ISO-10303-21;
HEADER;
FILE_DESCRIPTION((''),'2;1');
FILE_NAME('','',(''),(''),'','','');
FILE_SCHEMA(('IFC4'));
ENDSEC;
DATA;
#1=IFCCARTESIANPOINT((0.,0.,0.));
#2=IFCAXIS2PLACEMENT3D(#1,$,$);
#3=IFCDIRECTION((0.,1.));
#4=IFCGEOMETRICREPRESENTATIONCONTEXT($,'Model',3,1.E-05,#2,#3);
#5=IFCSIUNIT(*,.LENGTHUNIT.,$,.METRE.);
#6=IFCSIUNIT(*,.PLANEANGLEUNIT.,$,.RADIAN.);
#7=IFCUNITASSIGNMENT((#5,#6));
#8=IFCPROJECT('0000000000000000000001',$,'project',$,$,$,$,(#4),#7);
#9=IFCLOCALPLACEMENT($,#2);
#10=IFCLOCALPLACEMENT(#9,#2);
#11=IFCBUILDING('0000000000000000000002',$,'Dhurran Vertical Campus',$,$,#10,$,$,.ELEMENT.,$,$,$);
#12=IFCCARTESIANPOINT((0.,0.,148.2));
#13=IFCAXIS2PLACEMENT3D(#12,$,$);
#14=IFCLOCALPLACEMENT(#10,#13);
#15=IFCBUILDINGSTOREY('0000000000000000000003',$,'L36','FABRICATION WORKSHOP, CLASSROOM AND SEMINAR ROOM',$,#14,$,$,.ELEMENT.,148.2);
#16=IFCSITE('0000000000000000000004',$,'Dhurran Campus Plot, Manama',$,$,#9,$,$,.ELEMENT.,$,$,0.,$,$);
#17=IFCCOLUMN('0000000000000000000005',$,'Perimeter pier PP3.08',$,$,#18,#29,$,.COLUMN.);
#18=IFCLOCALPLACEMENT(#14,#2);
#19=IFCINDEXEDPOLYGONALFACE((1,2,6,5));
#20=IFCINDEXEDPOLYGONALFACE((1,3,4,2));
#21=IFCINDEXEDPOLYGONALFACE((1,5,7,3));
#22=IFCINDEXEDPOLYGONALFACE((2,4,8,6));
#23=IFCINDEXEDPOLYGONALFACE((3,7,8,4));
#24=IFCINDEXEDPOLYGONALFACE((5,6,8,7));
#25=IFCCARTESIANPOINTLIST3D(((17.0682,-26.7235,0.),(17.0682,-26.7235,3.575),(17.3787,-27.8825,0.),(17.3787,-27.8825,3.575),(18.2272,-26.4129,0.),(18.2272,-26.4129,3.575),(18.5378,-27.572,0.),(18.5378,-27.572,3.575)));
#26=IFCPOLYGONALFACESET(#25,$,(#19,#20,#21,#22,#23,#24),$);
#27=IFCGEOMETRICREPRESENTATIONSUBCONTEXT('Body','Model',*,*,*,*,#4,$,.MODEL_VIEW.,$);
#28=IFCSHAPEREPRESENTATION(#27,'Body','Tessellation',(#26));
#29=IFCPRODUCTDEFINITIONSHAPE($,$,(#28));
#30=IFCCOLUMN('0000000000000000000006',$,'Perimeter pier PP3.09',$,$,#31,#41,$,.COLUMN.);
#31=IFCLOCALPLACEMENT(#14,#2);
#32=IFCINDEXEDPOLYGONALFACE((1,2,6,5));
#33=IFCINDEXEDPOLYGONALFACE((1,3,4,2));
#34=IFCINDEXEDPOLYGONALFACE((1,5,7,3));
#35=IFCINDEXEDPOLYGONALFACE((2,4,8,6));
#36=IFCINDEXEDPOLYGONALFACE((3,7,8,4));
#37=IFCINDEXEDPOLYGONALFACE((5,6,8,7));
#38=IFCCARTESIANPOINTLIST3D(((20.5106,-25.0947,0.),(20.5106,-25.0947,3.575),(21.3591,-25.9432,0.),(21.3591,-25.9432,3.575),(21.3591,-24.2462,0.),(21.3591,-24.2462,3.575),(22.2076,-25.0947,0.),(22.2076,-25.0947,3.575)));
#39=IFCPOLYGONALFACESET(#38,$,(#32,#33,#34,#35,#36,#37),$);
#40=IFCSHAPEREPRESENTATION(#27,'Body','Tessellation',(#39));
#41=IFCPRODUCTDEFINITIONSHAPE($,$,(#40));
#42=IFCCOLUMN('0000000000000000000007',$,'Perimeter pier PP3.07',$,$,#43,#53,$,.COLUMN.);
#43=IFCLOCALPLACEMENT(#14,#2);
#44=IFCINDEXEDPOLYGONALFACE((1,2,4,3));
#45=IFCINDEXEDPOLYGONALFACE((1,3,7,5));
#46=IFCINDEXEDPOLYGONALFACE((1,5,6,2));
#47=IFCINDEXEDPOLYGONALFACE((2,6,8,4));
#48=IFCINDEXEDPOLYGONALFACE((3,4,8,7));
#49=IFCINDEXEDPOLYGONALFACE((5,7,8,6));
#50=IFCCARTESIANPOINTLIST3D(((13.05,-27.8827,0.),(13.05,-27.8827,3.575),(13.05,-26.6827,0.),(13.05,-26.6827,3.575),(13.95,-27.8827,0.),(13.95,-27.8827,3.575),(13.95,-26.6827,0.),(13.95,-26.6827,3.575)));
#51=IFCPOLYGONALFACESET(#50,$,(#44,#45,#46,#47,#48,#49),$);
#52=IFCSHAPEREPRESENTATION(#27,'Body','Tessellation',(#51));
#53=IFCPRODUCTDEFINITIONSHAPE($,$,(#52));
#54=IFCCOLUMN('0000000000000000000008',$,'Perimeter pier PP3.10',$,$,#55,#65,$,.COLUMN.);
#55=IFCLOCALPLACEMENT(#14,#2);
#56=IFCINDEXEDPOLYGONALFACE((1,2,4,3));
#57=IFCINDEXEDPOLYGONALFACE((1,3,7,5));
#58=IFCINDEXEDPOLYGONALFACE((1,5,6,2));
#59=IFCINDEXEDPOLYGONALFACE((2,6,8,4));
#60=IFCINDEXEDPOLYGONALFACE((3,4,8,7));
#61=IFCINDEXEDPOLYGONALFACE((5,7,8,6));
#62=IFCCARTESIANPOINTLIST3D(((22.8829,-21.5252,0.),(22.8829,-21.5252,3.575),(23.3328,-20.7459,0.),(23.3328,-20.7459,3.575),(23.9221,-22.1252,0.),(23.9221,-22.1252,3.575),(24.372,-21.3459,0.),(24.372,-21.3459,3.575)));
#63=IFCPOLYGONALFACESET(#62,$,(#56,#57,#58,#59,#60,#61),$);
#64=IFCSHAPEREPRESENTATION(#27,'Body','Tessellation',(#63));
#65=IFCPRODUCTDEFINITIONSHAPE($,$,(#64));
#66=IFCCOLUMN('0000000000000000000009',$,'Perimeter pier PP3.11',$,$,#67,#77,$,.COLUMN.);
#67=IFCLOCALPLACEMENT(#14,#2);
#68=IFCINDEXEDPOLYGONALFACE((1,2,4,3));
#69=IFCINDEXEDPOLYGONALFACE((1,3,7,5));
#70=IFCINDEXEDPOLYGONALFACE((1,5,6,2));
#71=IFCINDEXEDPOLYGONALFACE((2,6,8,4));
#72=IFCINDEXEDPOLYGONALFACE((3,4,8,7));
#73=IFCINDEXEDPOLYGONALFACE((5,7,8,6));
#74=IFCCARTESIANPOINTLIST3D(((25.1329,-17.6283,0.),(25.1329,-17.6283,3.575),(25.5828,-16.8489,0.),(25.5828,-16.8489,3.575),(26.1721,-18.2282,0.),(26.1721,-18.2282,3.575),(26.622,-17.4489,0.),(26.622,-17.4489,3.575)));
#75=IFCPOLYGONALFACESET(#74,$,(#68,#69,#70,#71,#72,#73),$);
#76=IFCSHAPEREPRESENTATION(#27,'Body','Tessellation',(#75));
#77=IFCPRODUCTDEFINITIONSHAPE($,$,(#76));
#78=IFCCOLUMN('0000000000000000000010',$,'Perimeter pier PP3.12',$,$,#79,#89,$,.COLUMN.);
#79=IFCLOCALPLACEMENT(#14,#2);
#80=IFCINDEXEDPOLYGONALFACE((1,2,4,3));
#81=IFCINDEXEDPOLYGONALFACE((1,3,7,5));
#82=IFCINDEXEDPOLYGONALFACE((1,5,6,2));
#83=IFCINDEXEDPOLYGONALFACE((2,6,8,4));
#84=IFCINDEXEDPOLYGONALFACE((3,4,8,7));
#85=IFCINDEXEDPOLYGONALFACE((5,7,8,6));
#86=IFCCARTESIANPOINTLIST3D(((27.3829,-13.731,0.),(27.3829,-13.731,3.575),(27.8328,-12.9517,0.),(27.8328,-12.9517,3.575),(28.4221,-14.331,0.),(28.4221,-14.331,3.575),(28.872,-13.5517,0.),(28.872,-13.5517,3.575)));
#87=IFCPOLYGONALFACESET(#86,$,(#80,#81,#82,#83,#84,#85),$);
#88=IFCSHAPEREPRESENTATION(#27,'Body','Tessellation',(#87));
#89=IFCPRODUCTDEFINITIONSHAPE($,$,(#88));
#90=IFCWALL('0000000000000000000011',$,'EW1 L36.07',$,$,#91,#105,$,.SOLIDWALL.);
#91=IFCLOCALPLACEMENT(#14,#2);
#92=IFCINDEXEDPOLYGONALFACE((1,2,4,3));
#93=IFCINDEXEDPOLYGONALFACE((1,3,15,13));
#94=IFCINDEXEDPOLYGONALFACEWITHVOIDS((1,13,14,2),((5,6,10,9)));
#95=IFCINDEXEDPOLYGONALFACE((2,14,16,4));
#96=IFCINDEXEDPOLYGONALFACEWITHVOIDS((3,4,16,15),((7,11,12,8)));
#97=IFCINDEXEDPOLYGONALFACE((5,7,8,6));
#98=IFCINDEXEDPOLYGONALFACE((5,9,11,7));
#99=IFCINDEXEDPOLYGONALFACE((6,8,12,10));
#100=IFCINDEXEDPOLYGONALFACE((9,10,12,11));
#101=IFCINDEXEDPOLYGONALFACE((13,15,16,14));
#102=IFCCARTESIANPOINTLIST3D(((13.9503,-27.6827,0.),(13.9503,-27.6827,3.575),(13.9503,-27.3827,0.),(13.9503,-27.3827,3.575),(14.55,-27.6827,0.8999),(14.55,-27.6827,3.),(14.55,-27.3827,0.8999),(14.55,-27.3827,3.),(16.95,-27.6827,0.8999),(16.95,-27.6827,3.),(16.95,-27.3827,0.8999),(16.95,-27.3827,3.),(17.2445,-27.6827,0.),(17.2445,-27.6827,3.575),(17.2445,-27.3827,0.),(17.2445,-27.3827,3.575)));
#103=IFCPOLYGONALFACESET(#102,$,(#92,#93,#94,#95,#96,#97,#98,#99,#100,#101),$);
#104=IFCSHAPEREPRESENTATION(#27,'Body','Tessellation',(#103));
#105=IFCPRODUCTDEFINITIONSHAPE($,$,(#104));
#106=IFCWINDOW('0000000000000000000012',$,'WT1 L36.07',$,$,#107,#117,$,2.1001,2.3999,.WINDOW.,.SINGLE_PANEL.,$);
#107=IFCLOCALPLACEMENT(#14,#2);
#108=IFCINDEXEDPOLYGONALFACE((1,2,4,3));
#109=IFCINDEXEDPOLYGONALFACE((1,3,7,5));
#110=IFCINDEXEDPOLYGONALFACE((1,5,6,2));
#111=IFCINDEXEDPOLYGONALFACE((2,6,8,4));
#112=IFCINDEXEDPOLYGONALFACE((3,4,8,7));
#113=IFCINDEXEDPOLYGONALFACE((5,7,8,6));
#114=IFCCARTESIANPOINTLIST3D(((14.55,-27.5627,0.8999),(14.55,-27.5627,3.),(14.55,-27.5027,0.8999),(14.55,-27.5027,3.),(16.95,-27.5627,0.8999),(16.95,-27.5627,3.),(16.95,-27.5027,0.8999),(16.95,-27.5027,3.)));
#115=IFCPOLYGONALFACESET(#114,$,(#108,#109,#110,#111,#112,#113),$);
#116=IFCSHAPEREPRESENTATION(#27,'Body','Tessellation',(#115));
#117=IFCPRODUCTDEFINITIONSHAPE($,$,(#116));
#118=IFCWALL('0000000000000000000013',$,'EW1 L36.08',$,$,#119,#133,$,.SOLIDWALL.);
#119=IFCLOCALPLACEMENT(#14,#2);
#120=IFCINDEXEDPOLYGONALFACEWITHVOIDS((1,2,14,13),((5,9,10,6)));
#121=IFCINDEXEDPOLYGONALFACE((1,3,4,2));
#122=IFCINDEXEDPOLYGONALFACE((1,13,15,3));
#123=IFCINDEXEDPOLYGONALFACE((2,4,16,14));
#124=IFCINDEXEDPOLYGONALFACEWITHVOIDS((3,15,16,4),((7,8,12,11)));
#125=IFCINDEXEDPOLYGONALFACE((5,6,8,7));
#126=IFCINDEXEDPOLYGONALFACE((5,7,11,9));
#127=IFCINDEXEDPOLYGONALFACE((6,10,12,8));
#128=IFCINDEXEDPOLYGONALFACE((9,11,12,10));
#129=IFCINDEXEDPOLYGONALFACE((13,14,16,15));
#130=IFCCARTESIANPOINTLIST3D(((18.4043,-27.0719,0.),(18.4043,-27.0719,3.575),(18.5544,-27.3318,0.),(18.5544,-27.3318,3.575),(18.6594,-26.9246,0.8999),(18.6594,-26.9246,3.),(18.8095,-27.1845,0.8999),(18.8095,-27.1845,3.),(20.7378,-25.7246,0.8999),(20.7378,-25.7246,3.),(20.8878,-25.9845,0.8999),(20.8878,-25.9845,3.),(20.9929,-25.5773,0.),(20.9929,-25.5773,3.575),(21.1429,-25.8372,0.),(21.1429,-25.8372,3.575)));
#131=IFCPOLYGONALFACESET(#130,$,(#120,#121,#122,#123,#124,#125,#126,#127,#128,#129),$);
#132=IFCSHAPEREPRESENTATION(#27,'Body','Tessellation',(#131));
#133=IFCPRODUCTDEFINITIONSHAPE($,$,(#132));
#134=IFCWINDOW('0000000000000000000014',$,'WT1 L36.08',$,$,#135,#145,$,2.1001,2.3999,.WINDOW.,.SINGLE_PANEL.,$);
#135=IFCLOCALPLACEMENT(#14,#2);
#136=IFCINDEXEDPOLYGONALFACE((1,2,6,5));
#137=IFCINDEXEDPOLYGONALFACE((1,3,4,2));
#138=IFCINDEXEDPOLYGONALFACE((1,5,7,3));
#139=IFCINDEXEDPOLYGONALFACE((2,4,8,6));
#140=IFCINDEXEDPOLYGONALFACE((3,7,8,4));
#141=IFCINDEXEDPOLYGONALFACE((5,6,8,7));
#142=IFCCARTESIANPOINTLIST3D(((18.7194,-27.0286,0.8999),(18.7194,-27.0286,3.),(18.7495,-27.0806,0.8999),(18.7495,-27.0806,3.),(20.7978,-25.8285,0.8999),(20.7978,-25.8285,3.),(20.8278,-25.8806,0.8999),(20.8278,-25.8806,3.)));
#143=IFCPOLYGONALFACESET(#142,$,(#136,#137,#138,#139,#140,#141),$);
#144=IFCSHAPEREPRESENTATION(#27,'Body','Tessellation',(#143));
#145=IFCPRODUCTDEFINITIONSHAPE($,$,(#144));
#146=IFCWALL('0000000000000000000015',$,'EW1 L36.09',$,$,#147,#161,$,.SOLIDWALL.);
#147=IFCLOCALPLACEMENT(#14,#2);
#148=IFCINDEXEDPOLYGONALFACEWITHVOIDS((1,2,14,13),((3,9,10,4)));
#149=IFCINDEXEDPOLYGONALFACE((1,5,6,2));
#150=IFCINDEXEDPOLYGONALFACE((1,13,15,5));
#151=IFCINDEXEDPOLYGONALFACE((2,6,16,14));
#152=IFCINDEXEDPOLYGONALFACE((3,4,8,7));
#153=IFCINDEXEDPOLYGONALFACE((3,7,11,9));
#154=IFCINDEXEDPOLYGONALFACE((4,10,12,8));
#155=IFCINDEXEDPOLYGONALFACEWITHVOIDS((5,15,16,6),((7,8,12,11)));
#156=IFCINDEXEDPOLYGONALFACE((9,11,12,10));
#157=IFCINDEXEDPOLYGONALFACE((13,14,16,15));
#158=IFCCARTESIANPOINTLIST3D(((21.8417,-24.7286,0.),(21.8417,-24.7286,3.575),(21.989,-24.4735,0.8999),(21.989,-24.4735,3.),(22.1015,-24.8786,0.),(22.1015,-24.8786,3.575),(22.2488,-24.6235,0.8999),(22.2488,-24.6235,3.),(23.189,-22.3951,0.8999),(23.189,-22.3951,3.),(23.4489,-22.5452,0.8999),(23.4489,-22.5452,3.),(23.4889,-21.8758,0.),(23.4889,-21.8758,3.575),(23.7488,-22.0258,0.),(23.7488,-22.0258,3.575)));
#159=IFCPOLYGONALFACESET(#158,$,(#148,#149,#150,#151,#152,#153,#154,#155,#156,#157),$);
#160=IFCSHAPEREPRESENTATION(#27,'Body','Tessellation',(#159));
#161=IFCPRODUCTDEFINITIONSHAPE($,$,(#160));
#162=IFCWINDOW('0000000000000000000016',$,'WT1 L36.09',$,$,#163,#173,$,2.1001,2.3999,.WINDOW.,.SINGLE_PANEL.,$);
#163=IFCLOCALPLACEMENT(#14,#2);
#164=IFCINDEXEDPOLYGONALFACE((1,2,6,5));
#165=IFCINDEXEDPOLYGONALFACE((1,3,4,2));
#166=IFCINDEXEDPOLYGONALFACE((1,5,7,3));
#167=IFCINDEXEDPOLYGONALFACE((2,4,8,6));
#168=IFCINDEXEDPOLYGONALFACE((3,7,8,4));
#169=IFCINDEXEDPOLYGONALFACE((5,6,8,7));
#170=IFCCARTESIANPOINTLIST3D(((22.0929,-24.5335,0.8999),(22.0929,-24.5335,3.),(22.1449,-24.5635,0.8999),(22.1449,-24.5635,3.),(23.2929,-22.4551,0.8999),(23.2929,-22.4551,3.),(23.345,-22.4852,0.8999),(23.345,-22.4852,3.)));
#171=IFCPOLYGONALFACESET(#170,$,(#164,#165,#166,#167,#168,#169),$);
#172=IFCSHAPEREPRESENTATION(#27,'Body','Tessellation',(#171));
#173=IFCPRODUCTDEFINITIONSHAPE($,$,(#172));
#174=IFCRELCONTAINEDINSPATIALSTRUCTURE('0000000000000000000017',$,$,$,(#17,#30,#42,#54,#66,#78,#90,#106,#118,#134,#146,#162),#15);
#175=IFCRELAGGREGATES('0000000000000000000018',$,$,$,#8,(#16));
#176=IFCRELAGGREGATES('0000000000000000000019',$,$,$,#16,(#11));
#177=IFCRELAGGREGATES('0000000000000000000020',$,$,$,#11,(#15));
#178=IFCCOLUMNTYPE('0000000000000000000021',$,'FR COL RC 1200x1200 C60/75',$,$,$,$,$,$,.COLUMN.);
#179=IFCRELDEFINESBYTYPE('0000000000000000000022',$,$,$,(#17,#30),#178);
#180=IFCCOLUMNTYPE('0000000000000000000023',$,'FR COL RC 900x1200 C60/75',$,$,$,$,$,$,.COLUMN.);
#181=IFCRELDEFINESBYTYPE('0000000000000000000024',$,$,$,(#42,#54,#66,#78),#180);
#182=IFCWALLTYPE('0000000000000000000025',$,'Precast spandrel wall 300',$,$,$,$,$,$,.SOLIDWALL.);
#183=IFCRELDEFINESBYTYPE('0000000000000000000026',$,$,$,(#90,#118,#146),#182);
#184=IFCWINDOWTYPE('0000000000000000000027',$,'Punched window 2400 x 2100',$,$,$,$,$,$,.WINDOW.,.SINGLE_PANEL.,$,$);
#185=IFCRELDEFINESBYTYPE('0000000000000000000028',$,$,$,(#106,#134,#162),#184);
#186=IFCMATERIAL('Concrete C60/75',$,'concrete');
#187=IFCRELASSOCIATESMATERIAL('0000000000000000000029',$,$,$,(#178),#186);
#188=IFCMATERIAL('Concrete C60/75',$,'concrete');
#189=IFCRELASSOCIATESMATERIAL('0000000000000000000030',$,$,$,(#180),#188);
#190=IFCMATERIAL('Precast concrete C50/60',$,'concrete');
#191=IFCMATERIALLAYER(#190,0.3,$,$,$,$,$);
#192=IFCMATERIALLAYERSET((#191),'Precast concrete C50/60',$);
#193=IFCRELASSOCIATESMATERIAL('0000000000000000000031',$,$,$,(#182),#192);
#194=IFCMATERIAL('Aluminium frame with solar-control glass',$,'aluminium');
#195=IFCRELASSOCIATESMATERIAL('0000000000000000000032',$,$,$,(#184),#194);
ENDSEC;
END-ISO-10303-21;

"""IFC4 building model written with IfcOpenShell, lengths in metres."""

from ifc_helpers import new_model, si_unit, direction, frame, frame_2d, origin, origin_2d, place, context, subcontext, project, spatial, rectangle, extrude, material, layer, layer_set, material_profile, profile_set, type_object, element, fill, save


model = new_model("IFC4")

# Units and contexts
model_context = context("Model", 3, precision=1e-05, world=origin(), true_north=direction((0.0, 1.0)))
body_context = subcontext(model_context, "Body", "Model", "MODEL_VIEW")
ifc_project = project(units=[si_unit("LENGTHUNIT", "METRE"), si_unit("PLANEANGLEUNIT", "RADIAN")], contexts=[model_context])

# Site, building, storey
site_placement = place(None, origin())
site = spatial("IfcSite", under=ifc_project, at=site_placement, Name="Dhurran Campus Plot, Manama", CompositionType="ELEMENT", RefElevation=0.0)
building_placement = place(site_placement, origin())
building = spatial("IfcBuilding", under=site, at=building_placement, Name="Dhurran Vertical Campus", CompositionType="ELEMENT")
storey_placement = place(building_placement, frame((0.0, 0.0, 148.2)))
storey = spatial("IfcBuildingStorey", under=building, at=storey_placement, Name="L36", Description="FABRICATION WORKSHOP, CLASSROOM AND SEMINAR ROOM", CompositionType="ELEMENT", Elevation=148.2)

# Columns
ifc_material_1 = material(Name="Concrete C60/75", Category="concrete")
ifc_material_profile_1 = material_profile(ifc_material_1, rectangle(XDim=1.2, YDim=1.2, at=origin_2d()), Name="RC 1200x1200")
ifc_profile_set_1 = profile_set([ifc_material_profile_1], Name="Concrete C60/75")
column_type_1 = type_object("IfcColumnType", Name="FR COL RC 1200x1200 C60/75", PredefinedType="COLUMN", material=ifc_profile_set_1)
for number, where, z_axis, x_axis, name in (
    (1, (17.803, -27.1477, 0.0), (0.0, 0.0, 1.0), (0.965926, 0.258819, 0.0), "Perimeter pier PP3.08"),
    (2, (21.3591, -25.0947, 0.0), (0.0, 0.0, 1.0), (0.707107, 0.707107, 0.0), "Perimeter pier PP3.09"),
):
    element("IfcColumn", number, at=place(storey_placement, frame(where, z_axis=z_axis, x_axis=x_axis)), inside=storey, type_object=column_type_1, Name=name, PredefinedType="COLUMN", context=body_context, shape_type="SweptSolid", body=[
        extrude(rectangle(XDim=1.2, YDim=1.2, at=origin_2d()), origin(), (0.0, 0.0, 1.0), 3.575),
    ])
ifc_material_2 = material(Name="Concrete C60/75", Category="concrete")
ifc_material_profile_2 = material_profile(ifc_material_2, rectangle(XDim=0.8999, YDim=1.2, at=origin_2d()), Name="RC 900x1200")
ifc_profile_set_2 = profile_set([ifc_material_profile_2], Name="Concrete C60/75")
column_type_2 = type_object("IfcColumnType", Name="FR COL RC 900x1200 C60/75", PredefinedType="COLUMN", material=ifc_profile_set_2)
for number, where, z_axis, x_axis, name in (
    (3, (13.5, -27.2827, 0.0), (0.0, 0.0, 1.0), (1.0, 0.0, 0.0), "Perimeter pier PP3.07"),
    (4, (23.6274, -21.4355, 0.0), (0.0, 0.0, 1.0), (0.5, 0.866025, 0.0), "Perimeter pier PP3.10"),
    (5, (25.8774, -17.5386, 0.0), (0.0, 0.0, 1.0), (0.5, 0.866025, 0.0), "Perimeter pier PP3.11"),
    (6, (28.1274, -13.6414, 0.0), (0.0, 0.0, 1.0), (0.5, 0.866025, 0.0), "Perimeter pier PP3.12"),
):
    element("IfcColumn", number, at=place(storey_placement, frame(where, z_axis=z_axis, x_axis=x_axis)), inside=storey, type_object=column_type_2, Name=name, PredefinedType="COLUMN", context=body_context, shape_type="SweptSolid", body=[
        extrude(rectangle(XDim=0.8999, YDim=1.2, at=origin_2d()), origin(), (0.0, 0.0, 1.0), 3.575),
    ])

# Walls, openings, windows
ifc_material_3 = material(Name="Precast concrete C50/60", Category="concrete")
ifc_layer_1 = layer(ifc_material_3, 0.3)
ifc_layer_set_1 = layer_set([ifc_layer_1], Name="Precast concrete C50/60")
wall_type_1 = type_object("IfcWallType", Name="Precast spandrel wall 300", PredefinedType="SOLIDWALL", material=ifc_layer_set_1)
wall_1_placement = place(storey_placement, frame((13.9504, -27.5327, 0.0), z_axis=(0.0, 0.0, 1.0), x_axis=(1.0, 0.0, 0.0)))
wall_1 = element("IfcWall", 7, at=wall_1_placement, inside=storey, type_object=wall_type_1, Name="EW1 L36.07", PredefinedType="SOLIDWALL", context=body_context, shape_type="SweptSolid", body=[
    extrude(rectangle(XDim=3.2942, YDim=0.3, at=frame_2d((1.647, 0.0))), origin(), (0.0, 0.0, 1.0), 3.575),
])
opening_1_placement = place(wall_1_placement, frame((0.5996, 0.0, 0.8999)))
opening_1 = element("IfcOpeningElement", 8, at=opening_1_placement, cuts=wall_1, PredefinedType="OPENING", context=body_context, shape_type="SweptSolid", body=[
    extrude(rectangle(XDim=2.3999, YDim=2.1001, at=frame_2d((1.2, 1.05))), frame((0.0, 0.1599, 0.0), z_axis=(0.0, -1.0, 0.0), x_axis=(1.0, 0.0, 0.0)), (0.0, 0.0, 1.0), 0.3201),
])
ifc_material_4 = material(Name="Aluminium frame with solar-control glass", Category="aluminium")
window_type = type_object("IfcWindowType", Name="Punched window 2400 x 2100", PartitioningType="SINGLE_PANEL", PredefinedType="WINDOW", material=ifc_material_4)
window_1_placement = place(opening_1_placement, origin())
window_1 = element("IfcWindow", 9, at=window_1_placement, inside=storey, type_object=window_type, Name="WT1 L36.07", OverallHeight=2.1001, OverallWidth=2.3999, PartitioningType="SINGLE_PANEL", PredefinedType="WINDOW", context=body_context, shape_type="SweptSolid", body=[
    extrude(rectangle(XDim=2.3999, YDim=2.1001, at=frame_2d((1.2, 1.05))), frame((0.0, 0.03, 0.0), z_axis=(0.0, -1.0, 0.0), x_axis=(1.0, 0.0, 0.0)), (0.0, 0.0, 1.0), 0.0601),
])
fill(opening_1, window_1)
wall_2_placement = place(storey_placement, frame((18.4792, -27.2019, 0.0), z_axis=(0.0, 0.0, 1.0), x_axis=(0.866013, 0.500022, 0.0)))
wall_2 = element("IfcWall", 10, at=wall_2_placement, inside=storey, type_object=wall_type_1, Name="EW1 L36.08", PredefinedType="SOLIDWALL", context=body_context, shape_type="SweptSolid", body=[
    extrude(rectangle(XDim=2.989, YDim=0.3, at=frame_2d((1.4946, 0.0))), origin(), (0.0, 0.0, 1.0), 3.575),
])
opening_2_placement = place(wall_2_placement, frame((0.2947, 0.0, 0.8999)))
opening_2 = element("IfcOpeningElement", 11, at=opening_2_placement, cuts=wall_2, PredefinedType="OPENING", context=body_context, shape_type="SweptSolid", body=[
    extrude(rectangle(XDim=2.3999, YDim=2.1001, at=frame_2d((1.2, 1.05))), frame((0.0, 0.1599, 0.0), z_axis=(0.0, -1.0, 0.0), x_axis=(1.0, 0.0, 0.0)), (0.0, 0.0, 1.0), 0.3201),
])
window_2_placement = place(opening_2_placement, origin())
window_2 = element("IfcWindow", 12, at=window_2_placement, inside=storey, type_object=window_type, Name="WT1 L36.08", OverallHeight=2.1001, OverallWidth=2.3999, PartitioningType="SINGLE_PANEL", PredefinedType="WINDOW", context=body_context, shape_type="SweptSolid", body=[
    extrude(rectangle(XDim=2.3999, YDim=2.1001, at=frame_2d((1.2, 1.05))), frame((0.0, 0.03, 0.0), z_axis=(0.0, -1.0, 0.0), x_axis=(1.0, 0.0, 0.0)), (0.0, 0.0, 1.0), 0.0601),
])
fill(opening_2, window_2)
wall_3_placement = place(storey_placement, frame((21.9717, -24.8035, 0.0), z_axis=(0.0, 0.0, 1.0), x_axis=(0.500037, 0.866004, 0.0)))
wall_3 = element("IfcWall", 13, at=wall_3_placement, inside=storey, type_object=wall_type_1, Name="EW1 L36.09", PredefinedType="SOLIDWALL", context=body_context, shape_type="SweptSolid", body=[
    extrude(rectangle(XDim=3.2942, YDim=0.3, at=frame_2d((1.647, 0.0))), origin(), (0.0, 0.0, 1.0), 3.575),
])
opening_3_placement = place(wall_3_placement, frame((0.2944, 0.0, 0.8999)))
opening_3 = element("IfcOpeningElement", 14, at=opening_3_placement, cuts=wall_3, PredefinedType="OPENING", context=body_context, shape_type="SweptSolid", body=[
    extrude(rectangle(XDim=2.3999, YDim=2.1001, at=frame_2d((1.2, 1.05))), frame((0.0, 0.1599, 0.0), z_axis=(0.0, -1.0, 0.0), x_axis=(1.0, 0.0, 0.0)), (0.0, 0.0, 1.0), 0.3201),
])
window_3_placement = place(opening_3_placement, origin())
window_3 = element("IfcWindow", 15, at=window_3_placement, inside=storey, type_object=window_type, Name="WT1 L36.09", OverallHeight=2.1001, OverallWidth=2.3999, PartitioningType="SINGLE_PANEL", PredefinedType="WINDOW", context=body_context, shape_type="SweptSolid", body=[
    extrude(rectangle(XDim=2.3999, YDim=2.1001, at=frame_2d((1.2, 1.05))), frame((0.0, 0.03, 0.0), z_axis=(0.0, -1.0, 0.0), x_axis=(1.0, 0.0, 0.0)), (0.0, 0.0, 1.0), 0.0601),
])
fill(opening_3, window_3)

save(model, "model.ifc")
